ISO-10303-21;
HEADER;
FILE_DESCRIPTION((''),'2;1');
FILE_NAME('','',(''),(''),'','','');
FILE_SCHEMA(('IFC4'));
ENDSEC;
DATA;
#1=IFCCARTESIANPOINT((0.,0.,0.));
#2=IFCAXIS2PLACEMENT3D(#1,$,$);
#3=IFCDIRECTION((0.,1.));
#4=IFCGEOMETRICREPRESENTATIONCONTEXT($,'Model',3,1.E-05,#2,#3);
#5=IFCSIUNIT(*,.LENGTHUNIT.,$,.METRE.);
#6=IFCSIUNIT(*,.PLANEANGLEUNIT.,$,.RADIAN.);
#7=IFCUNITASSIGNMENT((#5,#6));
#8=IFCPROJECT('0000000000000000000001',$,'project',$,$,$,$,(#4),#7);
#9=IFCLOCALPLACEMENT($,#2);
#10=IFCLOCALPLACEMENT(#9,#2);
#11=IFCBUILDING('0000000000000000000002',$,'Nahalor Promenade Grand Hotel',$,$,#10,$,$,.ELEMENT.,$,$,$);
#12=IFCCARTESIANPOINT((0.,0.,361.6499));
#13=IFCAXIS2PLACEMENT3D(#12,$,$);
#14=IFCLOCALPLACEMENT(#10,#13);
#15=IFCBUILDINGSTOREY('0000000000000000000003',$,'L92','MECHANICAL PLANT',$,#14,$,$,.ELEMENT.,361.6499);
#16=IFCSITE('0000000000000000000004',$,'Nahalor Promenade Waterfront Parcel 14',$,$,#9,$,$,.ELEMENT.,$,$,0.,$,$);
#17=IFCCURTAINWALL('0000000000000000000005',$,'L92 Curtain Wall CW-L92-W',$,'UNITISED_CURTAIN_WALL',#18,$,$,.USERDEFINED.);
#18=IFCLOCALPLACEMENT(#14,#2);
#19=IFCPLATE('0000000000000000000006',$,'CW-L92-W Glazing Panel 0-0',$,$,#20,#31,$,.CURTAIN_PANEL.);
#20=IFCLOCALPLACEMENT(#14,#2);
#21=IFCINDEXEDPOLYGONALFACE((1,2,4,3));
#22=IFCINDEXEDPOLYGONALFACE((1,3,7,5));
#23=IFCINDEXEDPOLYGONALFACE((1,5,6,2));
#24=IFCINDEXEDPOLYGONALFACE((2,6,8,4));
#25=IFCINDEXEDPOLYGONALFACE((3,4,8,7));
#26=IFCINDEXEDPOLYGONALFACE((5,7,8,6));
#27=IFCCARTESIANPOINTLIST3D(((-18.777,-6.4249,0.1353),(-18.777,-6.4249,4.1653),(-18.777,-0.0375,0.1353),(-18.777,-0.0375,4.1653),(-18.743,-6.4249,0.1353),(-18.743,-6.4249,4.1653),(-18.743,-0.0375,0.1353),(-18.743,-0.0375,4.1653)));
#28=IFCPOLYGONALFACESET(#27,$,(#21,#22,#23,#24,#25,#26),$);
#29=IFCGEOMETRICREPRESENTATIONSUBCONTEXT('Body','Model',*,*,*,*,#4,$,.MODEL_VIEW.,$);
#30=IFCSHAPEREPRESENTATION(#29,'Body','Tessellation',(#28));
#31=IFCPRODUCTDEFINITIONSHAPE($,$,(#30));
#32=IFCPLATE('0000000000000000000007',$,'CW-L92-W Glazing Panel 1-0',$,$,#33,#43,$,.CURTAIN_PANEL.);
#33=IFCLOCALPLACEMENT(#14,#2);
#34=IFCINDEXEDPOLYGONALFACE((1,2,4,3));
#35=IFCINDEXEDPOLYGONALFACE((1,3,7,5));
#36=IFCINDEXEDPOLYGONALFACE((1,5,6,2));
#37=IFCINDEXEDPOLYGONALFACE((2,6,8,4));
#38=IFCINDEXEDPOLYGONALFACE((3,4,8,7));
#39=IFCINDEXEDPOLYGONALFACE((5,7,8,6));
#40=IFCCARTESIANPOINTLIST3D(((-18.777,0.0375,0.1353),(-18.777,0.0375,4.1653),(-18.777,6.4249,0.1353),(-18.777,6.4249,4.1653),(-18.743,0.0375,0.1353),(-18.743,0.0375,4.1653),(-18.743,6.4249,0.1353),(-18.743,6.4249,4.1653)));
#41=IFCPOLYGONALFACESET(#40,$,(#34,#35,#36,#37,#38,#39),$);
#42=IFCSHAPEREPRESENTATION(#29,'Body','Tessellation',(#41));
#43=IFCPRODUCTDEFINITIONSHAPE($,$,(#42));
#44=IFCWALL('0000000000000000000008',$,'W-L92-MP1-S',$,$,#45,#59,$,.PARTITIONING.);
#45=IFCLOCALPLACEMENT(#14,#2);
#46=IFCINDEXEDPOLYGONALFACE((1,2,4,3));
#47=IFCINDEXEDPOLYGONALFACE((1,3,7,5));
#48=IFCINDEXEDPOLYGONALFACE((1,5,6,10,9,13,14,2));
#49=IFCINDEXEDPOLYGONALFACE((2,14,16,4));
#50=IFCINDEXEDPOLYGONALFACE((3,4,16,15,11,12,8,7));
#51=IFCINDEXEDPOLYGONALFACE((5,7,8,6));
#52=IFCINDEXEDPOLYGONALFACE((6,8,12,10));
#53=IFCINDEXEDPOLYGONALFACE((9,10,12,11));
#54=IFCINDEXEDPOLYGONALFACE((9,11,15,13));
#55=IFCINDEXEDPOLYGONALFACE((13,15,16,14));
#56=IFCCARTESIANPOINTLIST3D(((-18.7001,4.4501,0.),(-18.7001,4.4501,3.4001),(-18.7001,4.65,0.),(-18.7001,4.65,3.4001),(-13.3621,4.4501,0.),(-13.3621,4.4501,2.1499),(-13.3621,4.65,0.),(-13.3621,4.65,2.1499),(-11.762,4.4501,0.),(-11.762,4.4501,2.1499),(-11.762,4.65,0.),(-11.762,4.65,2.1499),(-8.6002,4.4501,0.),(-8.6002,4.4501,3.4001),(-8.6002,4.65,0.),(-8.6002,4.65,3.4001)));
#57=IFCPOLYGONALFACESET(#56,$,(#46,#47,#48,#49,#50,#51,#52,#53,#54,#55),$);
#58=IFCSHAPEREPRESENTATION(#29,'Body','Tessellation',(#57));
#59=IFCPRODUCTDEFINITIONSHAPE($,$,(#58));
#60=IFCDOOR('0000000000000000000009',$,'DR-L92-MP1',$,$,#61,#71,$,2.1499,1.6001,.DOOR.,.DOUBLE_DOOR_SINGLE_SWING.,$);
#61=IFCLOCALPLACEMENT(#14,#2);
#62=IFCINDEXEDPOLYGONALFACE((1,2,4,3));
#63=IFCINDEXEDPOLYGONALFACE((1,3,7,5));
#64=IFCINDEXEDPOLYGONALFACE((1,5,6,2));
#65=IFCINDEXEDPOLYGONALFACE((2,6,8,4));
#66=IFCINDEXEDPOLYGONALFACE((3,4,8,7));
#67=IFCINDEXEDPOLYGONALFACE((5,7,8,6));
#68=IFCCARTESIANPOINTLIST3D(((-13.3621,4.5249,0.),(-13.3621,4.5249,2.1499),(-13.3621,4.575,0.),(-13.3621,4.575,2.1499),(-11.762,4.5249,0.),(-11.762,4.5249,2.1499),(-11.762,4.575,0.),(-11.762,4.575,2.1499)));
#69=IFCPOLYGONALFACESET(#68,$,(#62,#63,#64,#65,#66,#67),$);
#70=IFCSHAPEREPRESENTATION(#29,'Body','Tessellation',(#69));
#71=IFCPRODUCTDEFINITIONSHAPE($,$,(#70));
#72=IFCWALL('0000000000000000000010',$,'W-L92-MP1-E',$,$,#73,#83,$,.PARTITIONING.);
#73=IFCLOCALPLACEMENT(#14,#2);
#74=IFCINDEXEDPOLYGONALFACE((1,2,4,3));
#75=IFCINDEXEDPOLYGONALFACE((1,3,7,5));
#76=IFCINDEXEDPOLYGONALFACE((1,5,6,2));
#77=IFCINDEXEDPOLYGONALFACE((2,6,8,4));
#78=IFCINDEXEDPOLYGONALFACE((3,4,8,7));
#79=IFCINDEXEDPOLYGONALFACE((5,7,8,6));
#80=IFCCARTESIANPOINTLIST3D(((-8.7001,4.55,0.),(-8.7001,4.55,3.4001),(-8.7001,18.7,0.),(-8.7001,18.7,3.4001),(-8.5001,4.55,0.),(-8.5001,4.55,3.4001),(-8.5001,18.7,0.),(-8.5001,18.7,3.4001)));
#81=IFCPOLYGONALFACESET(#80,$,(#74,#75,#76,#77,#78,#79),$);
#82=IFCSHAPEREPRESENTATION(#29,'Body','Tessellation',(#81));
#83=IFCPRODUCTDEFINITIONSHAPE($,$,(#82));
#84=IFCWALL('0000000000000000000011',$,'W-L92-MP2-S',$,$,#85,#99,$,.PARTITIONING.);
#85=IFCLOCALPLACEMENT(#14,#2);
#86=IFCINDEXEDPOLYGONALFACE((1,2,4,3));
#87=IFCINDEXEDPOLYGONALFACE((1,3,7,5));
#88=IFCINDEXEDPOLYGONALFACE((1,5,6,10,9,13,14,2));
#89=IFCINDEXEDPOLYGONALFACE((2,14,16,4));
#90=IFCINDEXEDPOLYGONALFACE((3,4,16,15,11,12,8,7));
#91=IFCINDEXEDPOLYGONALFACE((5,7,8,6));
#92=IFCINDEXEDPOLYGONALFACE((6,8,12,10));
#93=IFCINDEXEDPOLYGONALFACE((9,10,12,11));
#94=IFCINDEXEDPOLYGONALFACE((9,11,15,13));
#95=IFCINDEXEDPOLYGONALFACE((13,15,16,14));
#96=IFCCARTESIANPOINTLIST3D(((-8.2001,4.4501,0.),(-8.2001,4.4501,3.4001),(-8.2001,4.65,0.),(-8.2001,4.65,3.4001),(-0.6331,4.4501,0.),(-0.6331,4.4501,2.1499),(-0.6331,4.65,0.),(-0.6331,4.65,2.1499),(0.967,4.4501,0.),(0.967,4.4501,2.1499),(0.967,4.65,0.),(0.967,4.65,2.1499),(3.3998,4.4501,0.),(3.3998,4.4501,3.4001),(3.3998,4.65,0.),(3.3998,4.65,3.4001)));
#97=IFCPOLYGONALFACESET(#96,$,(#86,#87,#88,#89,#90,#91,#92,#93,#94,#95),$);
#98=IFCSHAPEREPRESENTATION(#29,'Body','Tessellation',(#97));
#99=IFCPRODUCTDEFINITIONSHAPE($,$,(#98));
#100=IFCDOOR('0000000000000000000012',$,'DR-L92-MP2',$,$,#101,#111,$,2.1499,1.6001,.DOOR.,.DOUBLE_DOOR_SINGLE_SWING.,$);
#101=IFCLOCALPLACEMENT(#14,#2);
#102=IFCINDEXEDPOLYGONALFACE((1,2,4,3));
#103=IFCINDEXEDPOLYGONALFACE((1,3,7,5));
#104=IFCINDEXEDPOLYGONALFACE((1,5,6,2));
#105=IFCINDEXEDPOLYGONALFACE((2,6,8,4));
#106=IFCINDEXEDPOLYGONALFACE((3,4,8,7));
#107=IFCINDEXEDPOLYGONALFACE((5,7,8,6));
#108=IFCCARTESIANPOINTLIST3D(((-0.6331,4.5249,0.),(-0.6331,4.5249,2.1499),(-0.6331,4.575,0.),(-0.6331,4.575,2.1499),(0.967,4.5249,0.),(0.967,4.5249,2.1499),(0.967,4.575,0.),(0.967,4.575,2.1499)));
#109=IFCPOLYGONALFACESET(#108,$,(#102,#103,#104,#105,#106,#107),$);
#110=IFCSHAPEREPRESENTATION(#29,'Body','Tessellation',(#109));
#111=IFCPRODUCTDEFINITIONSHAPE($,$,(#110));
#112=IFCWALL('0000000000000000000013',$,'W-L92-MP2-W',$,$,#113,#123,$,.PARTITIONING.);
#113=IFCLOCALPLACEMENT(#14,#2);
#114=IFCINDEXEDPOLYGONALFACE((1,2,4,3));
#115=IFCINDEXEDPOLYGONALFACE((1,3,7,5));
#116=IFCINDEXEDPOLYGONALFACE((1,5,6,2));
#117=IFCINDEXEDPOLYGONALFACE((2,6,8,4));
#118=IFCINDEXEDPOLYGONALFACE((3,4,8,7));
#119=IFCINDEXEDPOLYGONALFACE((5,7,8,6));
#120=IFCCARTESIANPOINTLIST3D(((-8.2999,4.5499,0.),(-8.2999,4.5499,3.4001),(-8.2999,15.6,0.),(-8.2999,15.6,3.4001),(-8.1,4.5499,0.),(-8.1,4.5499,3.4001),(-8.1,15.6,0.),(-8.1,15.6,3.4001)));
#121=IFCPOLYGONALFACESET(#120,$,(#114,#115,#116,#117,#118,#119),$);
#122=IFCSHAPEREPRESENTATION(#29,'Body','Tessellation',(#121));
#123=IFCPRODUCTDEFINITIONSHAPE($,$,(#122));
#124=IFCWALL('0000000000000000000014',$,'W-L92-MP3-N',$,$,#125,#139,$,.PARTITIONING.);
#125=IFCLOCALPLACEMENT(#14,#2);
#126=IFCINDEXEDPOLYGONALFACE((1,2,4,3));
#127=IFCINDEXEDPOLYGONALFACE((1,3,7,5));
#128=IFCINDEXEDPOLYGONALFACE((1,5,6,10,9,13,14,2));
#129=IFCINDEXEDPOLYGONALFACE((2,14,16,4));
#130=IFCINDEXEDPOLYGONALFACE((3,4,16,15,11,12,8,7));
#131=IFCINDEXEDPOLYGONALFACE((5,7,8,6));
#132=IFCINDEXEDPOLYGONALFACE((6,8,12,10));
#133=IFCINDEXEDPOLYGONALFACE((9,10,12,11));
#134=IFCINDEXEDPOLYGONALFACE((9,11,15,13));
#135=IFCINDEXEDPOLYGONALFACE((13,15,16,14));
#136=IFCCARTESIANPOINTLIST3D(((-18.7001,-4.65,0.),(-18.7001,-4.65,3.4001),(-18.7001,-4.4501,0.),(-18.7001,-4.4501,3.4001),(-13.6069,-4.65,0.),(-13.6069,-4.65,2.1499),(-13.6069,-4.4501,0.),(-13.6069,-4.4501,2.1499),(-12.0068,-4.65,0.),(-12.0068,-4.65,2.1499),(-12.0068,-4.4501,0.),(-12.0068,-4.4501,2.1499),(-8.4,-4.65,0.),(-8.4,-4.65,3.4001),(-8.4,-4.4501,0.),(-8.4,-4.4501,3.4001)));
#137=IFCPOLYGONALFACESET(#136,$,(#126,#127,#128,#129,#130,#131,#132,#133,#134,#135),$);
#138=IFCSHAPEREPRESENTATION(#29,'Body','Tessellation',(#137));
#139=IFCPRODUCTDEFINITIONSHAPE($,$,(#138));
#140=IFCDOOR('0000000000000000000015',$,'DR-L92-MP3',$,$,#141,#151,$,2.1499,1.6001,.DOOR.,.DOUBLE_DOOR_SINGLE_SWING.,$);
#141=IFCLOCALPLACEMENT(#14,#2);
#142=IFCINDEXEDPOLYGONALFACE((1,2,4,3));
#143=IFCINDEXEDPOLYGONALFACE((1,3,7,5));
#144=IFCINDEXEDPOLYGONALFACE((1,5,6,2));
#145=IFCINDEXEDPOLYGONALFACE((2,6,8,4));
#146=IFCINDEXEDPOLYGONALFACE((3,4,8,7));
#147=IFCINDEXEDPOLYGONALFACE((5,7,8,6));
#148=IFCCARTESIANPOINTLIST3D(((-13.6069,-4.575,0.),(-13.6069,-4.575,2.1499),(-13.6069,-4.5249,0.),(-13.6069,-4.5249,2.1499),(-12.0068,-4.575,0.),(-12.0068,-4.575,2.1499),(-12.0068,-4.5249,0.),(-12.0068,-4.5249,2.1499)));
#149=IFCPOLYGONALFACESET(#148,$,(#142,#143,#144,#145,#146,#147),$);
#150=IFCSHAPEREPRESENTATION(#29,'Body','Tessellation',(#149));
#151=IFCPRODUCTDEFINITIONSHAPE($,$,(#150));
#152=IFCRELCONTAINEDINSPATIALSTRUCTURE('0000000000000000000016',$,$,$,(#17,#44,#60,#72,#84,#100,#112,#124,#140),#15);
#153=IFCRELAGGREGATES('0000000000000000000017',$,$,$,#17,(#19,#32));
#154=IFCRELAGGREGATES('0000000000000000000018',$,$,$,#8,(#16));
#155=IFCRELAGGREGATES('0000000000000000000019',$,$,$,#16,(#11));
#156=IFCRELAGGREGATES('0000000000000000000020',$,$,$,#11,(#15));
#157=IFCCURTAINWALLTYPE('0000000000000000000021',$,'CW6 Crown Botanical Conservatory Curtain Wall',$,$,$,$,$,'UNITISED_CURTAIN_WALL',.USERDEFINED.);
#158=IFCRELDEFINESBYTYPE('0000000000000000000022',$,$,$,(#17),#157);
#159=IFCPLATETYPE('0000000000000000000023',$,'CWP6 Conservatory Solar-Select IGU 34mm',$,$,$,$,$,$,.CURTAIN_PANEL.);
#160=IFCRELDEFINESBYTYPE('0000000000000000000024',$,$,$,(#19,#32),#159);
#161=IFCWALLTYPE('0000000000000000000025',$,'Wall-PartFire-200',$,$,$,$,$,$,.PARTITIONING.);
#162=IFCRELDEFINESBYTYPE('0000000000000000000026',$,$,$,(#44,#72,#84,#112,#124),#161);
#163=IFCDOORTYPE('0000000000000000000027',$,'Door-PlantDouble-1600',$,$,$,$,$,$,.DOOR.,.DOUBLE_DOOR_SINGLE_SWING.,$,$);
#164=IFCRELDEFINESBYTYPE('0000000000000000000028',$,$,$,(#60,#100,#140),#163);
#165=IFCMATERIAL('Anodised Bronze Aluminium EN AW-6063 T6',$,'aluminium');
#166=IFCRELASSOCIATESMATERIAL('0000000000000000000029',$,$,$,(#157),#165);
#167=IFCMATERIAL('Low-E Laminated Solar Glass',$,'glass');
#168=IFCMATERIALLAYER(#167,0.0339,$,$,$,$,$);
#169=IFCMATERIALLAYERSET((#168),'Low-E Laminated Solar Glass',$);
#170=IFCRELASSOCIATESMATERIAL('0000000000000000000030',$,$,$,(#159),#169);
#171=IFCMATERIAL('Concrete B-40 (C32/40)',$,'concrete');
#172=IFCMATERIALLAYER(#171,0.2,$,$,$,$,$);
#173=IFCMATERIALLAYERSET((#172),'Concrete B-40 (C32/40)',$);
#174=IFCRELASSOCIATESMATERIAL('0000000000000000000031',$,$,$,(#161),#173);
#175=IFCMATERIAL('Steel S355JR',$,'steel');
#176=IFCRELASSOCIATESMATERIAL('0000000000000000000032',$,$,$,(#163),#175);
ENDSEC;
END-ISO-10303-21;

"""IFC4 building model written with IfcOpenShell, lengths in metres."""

from ifc_helpers import new_model, si_unit, direction, frame, frame_2d, origin, origin_2d, place, context, subcontext, project, spatial, rectangle, extrude, source, transform, mapped, material, layer, layer_set, type_object, element, fill, aggregate, save


model = new_model("IFC4")

# Units and contexts
model_context = context("Model", 3, precision=1e-05, world=origin(), true_north=direction((0.0, 1.0)))
body_context = subcontext(model_context, "Body", "Model", "MODEL_VIEW")
ifc_project = project(units=[si_unit("LENGTHUNIT", "METRE"), si_unit("PLANEANGLEUNIT", "RADIAN")], contexts=[model_context])

# Site, building, storey
site_placement = place(None, origin())
site = spatial("IfcSite", under=ifc_project, at=site_placement, Name="Nahalor Promenade Waterfront Parcel 14", CompositionType="ELEMENT", RefElevation=0.0)
building_placement = place(site_placement, origin())
building = spatial("IfcBuilding", under=site, at=building_placement, Name="Nahalor Promenade Grand Hotel", CompositionType="ELEMENT")
storey_placement = place(building_placement, frame((0.0, 0.0, 361.6499)))
storey = spatial("IfcBuildingStorey", under=building, at=storey_placement, Name="L92", Description="MECHANICAL PLANT", CompositionType="ELEMENT", Elevation=361.6499)

# Shared definitions
ifc_material_1 = material(Name="Steel S355JR", Category="steel")

# Curtain wall
ifc_material_2 = material(Name="Anodised Bronze Aluminium EN AW-6063 T6", Category="aluminium")
curtain_wall_type = type_object("IfcCurtainWallType", Name="CW6 Crown Botanical Conservatory Curtain Wall", ElementType="UNITISED_CURTAIN_WALL", PredefinedType="USERDEFINED", material=ifc_material_2)
curtain_wall_placement = place(storey_placement, origin())
curtain_wall = element("IfcCurtainWall", 1, at=curtain_wall_placement, inside=storey, type_object=curtain_wall_type, Name="L92 Curtain Wall CW-L92-W", ObjectType="UNITISED_CURTAIN_WALL", PredefinedType="USERDEFINED")

# Plates
ifc_material_3 = material(Name="Low-E Laminated Solar Glass", Category="glass")
ifc_layer_1 = layer(ifc_material_3, 0.0339)
ifc_layer_set_1 = layer_set([ifc_layer_1], Name="Low-E Laminated Solar Glass")
plate_type = type_object("IfcPlateType", Name="CWP6 Conservatory Solar-Select IGU 34mm", PredefinedType="CURTAIN_PANEL", material=ifc_layer_set_1)
shared_shape_1 = source(origin(), body_context, "Body", "SweptSolid", [
    extrude(rectangle(XDim=6.3875, YDim=0.0339, at=origin_2d()), origin(), (0.0, 0.0, 1.0), 4.03),
])
plate_1_placement = place(storey_placement, frame((-18.76, -3.2312, 0.1353), z_axis=(0.0, 0.0, 1.0), x_axis=(0.0, 1.0, 0.0)))
plate_1 = element("IfcPlate", 2, at=plate_1_placement, type_object=plate_type, Name="CW-L92-W Glazing Panel 0-0", PredefinedType="CURTAIN_PANEL", context=body_context, shape_type="MappedRepresentation", body=[
    mapped(shared_shape_1, transform((0.0, 0.0, 0.0), scale=1.0)),
])
plate_2_placement = place(storey_placement, frame((-18.76, 3.2312, 0.1353), z_axis=(0.0, 0.0, 1.0), x_axis=(0.0, 1.0, 0.0)))
plate_2 = element("IfcPlate", 3, at=plate_2_placement, type_object=plate_type, Name="CW-L92-W Glazing Panel 1-0", PredefinedType="CURTAIN_PANEL", context=body_context, shape_type="MappedRepresentation", body=[
    mapped(shared_shape_1, transform((0.0, 0.0, 0.0), scale=1.0)),
])
aggregate(curtain_wall, [plate_1, plate_2])

# Wall, opening, door
ifc_material_4 = material(Name="Concrete B-40 (C32/40)", Category="concrete")
ifc_layer_2 = layer(ifc_material_4, 0.2)
ifc_layer_set_2 = layer_set([ifc_layer_2], Name="Concrete B-40 (C32/40)")
wall_type = type_object("IfcWallType", Name="Wall-PartFire-200", PredefinedType="PARTITIONING", material=ifc_layer_set_2)
shared_shape_2 = source(origin(), body_context, "Body", "SweptSolid", [
    extrude(rectangle(XDim=10.0999, YDim=0.2, at=frame_2d((5.0498, 0.0))), origin(), (0.0, 0.0, 1.0), 3.4001),
])
wall_1_placement = place(storey_placement, frame((-18.7, 4.55, 0.0), z_axis=(0.0, 0.0, 1.0), x_axis=(1.0, 0.0, 0.0)))
wall_1 = element("IfcWall", 4, at=wall_1_placement, inside=storey, type_object=wall_type, Name="W-L92-MP1-S", PredefinedType="PARTITIONING", context=body_context, shape_type="MappedRepresentation", body=[
    mapped(shared_shape_2, transform((0.0, 0.0, 0.0), scale=1.0)),
])
opening_1_placement = place(wall_1_placement, frame((5.3379, 0.0, 0.0)))
opening_1 = element("IfcOpeningElement", 5, at=opening_1_placement, cuts=wall_1, PredefinedType="OPENING", context=body_context, shape_type="SweptSolid", body=[
    extrude(rectangle(XDim=1.6001, YDim=2.1499, at=frame_2d((0.8, 1.075))), frame((0.0, 0.1099, 0.0), z_axis=(0.0, -1.0, 0.0), x_axis=(1.0, 0.0, 0.0)), (0.0, 0.0, 1.0), 0.22),
])
door_type = type_object("IfcDoorType", Name="Door-PlantDouble-1600", OperationType="DOUBLE_DOOR_SINGLE_SWING", PredefinedType="DOOR", material=ifc_material_1)
shared_shape_3 = source(origin(), body_context, "Body", "SweptSolid", [
    extrude(rectangle(XDim=1.6001, YDim=2.1499, at=frame_2d((0.8, 1.075))), frame((0.0, 0.0249, 0.0), z_axis=(0.0, -1.0, 0.0), x_axis=(1.0, 0.0, 0.0)), (0.0, 0.0, 1.0), 0.05),
])
door_1_placement = place(opening_1_placement, origin())
door_1 = element("IfcDoor", 6, at=door_1_placement, inside=storey, type_object=door_type, Name="DR-L92-MP1", OperationType="DOUBLE_DOOR_SINGLE_SWING", OverallHeight=2.1499, OverallWidth=1.6001, PredefinedType="DOOR", context=body_context, shape_type="MappedRepresentation", body=[
    mapped(shared_shape_3, transform((0.0, 0.0, 0.0), scale=1.0)),
])
fill(opening_1, door_1)

# Wall
shared_shape_4 = source(origin(), body_context, "Body", "SweptSolid", [
    extrude(rectangle(XDim=14.1499, YDim=0.2, at=frame_2d((7.075, 0.0))), origin(), (0.0, 0.0, 1.0), 3.4001),
])
wall_2_placement = place(storey_placement, frame((-8.6001, 4.55, 0.0), z_axis=(0.0, 0.0, 1.0), x_axis=(0.0, 1.0, 0.0)))
element("IfcWall", 7, at=wall_2_placement, inside=storey, type_object=wall_type, Name="W-L92-MP1-E", PredefinedType="PARTITIONING", context=body_context, shape_type="MappedRepresentation", body=[
    mapped(shared_shape_4, transform((0.0, 0.0, 0.0), scale=1.0)),
])

# Wall, opening, door
shared_shape_5 = source(origin(), body_context, "Body", "SweptSolid", [
    extrude(rectangle(XDim=11.5999, YDim=0.2, at=frame_2d((5.7998, 0.0))), origin(), (0.0, 0.0, 1.0), 3.4001),
])
wall_3_placement = place(storey_placement, frame((-8.2, 4.55, 0.0), z_axis=(0.0, 0.0, 1.0), x_axis=(1.0, 0.0, 0.0)))
wall_3 = element("IfcWall", 8, at=wall_3_placement, inside=storey, type_object=wall_type, Name="W-L92-MP2-S", PredefinedType="PARTITIONING", context=body_context, shape_type="MappedRepresentation", body=[
    mapped(shared_shape_5, transform((0.0, 0.0, 0.0), scale=1.0)),
])
opening_2_placement = place(wall_3_placement, frame((7.5669, 0.0, 0.0)))
opening_2 = element("IfcOpeningElement", 9, at=opening_2_placement, cuts=wall_3, PredefinedType="OPENING", context=body_context, shape_type="SweptSolid", body=[
    extrude(rectangle(XDim=1.6001, YDim=2.1499, at=frame_2d((0.8, 1.075))), frame((0.0, 0.1099, 0.0), z_axis=(0.0, -1.0, 0.0), x_axis=(1.0, 0.0, 0.0)), (0.0, 0.0, 1.0), 0.22),
])
door_2_placement = place(opening_2_placement, origin())
door_2 = element("IfcDoor", 10, at=door_2_placement, inside=storey, type_object=door_type, Name="DR-L92-MP2", OperationType="DOUBLE_DOOR_SINGLE_SWING", OverallHeight=2.1499, OverallWidth=1.6001, PredefinedType="DOOR", context=body_context, shape_type="MappedRepresentation", body=[
    mapped(shared_shape_3, transform((0.0, 0.0, 0.0), scale=1.0)),
])
fill(opening_2, door_2)

# Wall
shared_shape_6 = source(origin(), body_context, "Body", "SweptSolid", [
    extrude(rectangle(XDim=11.05, YDim=0.2, at=frame_2d((5.5249, 0.0))), origin(), (0.0, 0.0, 1.0), 3.4001),
])
wall_4_placement = place(storey_placement, frame((-8.2, 4.55, 0.0), z_axis=(0.0, 0.0, 1.0), x_axis=(0.0, 1.0, 0.0)))
element("IfcWall", 11, at=wall_4_placement, inside=storey, type_object=wall_type, Name="W-L92-MP2-W", PredefinedType="PARTITIONING", context=body_context, shape_type="MappedRepresentation", body=[
    mapped(shared_shape_6, transform((0.0, 0.0, 0.0), scale=1.0)),
])

# Wall, opening, door
shared_shape_7 = source(origin(), body_context, "Body", "SweptSolid", [
    extrude(rectangle(XDim=10.3, YDim=0.2, at=frame_2d((5.1499, 0.0))), origin(), (0.0, 0.0, 1.0), 3.4001),
])
wall_5_placement = place(storey_placement, frame((-18.7, -4.55, 0.0), z_axis=(0.0, 0.0, 1.0), x_axis=(1.0, 0.0, 0.0)))
wall_5 = element("IfcWall", 12, at=wall_5_placement, inside=storey, type_object=wall_type, Name="W-L92-MP3-N", PredefinedType="PARTITIONING", context=body_context, shape_type="MappedRepresentation", body=[
    mapped(shared_shape_7, transform((0.0, 0.0, 0.0), scale=1.0)),
])
opening_3_placement = place(wall_5_placement, frame((5.093, 0.0, 0.0)))
opening_3 = element("IfcOpeningElement", 13, at=opening_3_placement, cuts=wall_5, PredefinedType="OPENING", context=body_context, shape_type="SweptSolid", body=[
    extrude(rectangle(XDim=1.6001, YDim=2.1499, at=frame_2d((0.8, 1.075))), frame((0.0, 0.1099, 0.0), z_axis=(0.0, -1.0, 0.0), x_axis=(1.0, 0.0, 0.0)), (0.0, 0.0, 1.0), 0.22),
])
door_3_placement = place(opening_3_placement, frame((1.6001, 0.0, 0.0), z_axis=(0.0, 0.0, 1.0), x_axis=(-1.0, 0.0, 0.0)))
door_3 = element("IfcDoor", 14, at=door_3_placement, inside=storey, type_object=door_type, Name="DR-L92-MP3", OperationType="DOUBLE_DOOR_SINGLE_SWING", OverallHeight=2.1499, OverallWidth=1.6001, PredefinedType="DOOR", context=body_context, shape_type="MappedRepresentation", body=[
    mapped(shared_shape_3, transform((0.0, 0.0, 0.0), scale=1.0)),
])
fill(opening_3, door_3)

save(model, "model.ifc")
